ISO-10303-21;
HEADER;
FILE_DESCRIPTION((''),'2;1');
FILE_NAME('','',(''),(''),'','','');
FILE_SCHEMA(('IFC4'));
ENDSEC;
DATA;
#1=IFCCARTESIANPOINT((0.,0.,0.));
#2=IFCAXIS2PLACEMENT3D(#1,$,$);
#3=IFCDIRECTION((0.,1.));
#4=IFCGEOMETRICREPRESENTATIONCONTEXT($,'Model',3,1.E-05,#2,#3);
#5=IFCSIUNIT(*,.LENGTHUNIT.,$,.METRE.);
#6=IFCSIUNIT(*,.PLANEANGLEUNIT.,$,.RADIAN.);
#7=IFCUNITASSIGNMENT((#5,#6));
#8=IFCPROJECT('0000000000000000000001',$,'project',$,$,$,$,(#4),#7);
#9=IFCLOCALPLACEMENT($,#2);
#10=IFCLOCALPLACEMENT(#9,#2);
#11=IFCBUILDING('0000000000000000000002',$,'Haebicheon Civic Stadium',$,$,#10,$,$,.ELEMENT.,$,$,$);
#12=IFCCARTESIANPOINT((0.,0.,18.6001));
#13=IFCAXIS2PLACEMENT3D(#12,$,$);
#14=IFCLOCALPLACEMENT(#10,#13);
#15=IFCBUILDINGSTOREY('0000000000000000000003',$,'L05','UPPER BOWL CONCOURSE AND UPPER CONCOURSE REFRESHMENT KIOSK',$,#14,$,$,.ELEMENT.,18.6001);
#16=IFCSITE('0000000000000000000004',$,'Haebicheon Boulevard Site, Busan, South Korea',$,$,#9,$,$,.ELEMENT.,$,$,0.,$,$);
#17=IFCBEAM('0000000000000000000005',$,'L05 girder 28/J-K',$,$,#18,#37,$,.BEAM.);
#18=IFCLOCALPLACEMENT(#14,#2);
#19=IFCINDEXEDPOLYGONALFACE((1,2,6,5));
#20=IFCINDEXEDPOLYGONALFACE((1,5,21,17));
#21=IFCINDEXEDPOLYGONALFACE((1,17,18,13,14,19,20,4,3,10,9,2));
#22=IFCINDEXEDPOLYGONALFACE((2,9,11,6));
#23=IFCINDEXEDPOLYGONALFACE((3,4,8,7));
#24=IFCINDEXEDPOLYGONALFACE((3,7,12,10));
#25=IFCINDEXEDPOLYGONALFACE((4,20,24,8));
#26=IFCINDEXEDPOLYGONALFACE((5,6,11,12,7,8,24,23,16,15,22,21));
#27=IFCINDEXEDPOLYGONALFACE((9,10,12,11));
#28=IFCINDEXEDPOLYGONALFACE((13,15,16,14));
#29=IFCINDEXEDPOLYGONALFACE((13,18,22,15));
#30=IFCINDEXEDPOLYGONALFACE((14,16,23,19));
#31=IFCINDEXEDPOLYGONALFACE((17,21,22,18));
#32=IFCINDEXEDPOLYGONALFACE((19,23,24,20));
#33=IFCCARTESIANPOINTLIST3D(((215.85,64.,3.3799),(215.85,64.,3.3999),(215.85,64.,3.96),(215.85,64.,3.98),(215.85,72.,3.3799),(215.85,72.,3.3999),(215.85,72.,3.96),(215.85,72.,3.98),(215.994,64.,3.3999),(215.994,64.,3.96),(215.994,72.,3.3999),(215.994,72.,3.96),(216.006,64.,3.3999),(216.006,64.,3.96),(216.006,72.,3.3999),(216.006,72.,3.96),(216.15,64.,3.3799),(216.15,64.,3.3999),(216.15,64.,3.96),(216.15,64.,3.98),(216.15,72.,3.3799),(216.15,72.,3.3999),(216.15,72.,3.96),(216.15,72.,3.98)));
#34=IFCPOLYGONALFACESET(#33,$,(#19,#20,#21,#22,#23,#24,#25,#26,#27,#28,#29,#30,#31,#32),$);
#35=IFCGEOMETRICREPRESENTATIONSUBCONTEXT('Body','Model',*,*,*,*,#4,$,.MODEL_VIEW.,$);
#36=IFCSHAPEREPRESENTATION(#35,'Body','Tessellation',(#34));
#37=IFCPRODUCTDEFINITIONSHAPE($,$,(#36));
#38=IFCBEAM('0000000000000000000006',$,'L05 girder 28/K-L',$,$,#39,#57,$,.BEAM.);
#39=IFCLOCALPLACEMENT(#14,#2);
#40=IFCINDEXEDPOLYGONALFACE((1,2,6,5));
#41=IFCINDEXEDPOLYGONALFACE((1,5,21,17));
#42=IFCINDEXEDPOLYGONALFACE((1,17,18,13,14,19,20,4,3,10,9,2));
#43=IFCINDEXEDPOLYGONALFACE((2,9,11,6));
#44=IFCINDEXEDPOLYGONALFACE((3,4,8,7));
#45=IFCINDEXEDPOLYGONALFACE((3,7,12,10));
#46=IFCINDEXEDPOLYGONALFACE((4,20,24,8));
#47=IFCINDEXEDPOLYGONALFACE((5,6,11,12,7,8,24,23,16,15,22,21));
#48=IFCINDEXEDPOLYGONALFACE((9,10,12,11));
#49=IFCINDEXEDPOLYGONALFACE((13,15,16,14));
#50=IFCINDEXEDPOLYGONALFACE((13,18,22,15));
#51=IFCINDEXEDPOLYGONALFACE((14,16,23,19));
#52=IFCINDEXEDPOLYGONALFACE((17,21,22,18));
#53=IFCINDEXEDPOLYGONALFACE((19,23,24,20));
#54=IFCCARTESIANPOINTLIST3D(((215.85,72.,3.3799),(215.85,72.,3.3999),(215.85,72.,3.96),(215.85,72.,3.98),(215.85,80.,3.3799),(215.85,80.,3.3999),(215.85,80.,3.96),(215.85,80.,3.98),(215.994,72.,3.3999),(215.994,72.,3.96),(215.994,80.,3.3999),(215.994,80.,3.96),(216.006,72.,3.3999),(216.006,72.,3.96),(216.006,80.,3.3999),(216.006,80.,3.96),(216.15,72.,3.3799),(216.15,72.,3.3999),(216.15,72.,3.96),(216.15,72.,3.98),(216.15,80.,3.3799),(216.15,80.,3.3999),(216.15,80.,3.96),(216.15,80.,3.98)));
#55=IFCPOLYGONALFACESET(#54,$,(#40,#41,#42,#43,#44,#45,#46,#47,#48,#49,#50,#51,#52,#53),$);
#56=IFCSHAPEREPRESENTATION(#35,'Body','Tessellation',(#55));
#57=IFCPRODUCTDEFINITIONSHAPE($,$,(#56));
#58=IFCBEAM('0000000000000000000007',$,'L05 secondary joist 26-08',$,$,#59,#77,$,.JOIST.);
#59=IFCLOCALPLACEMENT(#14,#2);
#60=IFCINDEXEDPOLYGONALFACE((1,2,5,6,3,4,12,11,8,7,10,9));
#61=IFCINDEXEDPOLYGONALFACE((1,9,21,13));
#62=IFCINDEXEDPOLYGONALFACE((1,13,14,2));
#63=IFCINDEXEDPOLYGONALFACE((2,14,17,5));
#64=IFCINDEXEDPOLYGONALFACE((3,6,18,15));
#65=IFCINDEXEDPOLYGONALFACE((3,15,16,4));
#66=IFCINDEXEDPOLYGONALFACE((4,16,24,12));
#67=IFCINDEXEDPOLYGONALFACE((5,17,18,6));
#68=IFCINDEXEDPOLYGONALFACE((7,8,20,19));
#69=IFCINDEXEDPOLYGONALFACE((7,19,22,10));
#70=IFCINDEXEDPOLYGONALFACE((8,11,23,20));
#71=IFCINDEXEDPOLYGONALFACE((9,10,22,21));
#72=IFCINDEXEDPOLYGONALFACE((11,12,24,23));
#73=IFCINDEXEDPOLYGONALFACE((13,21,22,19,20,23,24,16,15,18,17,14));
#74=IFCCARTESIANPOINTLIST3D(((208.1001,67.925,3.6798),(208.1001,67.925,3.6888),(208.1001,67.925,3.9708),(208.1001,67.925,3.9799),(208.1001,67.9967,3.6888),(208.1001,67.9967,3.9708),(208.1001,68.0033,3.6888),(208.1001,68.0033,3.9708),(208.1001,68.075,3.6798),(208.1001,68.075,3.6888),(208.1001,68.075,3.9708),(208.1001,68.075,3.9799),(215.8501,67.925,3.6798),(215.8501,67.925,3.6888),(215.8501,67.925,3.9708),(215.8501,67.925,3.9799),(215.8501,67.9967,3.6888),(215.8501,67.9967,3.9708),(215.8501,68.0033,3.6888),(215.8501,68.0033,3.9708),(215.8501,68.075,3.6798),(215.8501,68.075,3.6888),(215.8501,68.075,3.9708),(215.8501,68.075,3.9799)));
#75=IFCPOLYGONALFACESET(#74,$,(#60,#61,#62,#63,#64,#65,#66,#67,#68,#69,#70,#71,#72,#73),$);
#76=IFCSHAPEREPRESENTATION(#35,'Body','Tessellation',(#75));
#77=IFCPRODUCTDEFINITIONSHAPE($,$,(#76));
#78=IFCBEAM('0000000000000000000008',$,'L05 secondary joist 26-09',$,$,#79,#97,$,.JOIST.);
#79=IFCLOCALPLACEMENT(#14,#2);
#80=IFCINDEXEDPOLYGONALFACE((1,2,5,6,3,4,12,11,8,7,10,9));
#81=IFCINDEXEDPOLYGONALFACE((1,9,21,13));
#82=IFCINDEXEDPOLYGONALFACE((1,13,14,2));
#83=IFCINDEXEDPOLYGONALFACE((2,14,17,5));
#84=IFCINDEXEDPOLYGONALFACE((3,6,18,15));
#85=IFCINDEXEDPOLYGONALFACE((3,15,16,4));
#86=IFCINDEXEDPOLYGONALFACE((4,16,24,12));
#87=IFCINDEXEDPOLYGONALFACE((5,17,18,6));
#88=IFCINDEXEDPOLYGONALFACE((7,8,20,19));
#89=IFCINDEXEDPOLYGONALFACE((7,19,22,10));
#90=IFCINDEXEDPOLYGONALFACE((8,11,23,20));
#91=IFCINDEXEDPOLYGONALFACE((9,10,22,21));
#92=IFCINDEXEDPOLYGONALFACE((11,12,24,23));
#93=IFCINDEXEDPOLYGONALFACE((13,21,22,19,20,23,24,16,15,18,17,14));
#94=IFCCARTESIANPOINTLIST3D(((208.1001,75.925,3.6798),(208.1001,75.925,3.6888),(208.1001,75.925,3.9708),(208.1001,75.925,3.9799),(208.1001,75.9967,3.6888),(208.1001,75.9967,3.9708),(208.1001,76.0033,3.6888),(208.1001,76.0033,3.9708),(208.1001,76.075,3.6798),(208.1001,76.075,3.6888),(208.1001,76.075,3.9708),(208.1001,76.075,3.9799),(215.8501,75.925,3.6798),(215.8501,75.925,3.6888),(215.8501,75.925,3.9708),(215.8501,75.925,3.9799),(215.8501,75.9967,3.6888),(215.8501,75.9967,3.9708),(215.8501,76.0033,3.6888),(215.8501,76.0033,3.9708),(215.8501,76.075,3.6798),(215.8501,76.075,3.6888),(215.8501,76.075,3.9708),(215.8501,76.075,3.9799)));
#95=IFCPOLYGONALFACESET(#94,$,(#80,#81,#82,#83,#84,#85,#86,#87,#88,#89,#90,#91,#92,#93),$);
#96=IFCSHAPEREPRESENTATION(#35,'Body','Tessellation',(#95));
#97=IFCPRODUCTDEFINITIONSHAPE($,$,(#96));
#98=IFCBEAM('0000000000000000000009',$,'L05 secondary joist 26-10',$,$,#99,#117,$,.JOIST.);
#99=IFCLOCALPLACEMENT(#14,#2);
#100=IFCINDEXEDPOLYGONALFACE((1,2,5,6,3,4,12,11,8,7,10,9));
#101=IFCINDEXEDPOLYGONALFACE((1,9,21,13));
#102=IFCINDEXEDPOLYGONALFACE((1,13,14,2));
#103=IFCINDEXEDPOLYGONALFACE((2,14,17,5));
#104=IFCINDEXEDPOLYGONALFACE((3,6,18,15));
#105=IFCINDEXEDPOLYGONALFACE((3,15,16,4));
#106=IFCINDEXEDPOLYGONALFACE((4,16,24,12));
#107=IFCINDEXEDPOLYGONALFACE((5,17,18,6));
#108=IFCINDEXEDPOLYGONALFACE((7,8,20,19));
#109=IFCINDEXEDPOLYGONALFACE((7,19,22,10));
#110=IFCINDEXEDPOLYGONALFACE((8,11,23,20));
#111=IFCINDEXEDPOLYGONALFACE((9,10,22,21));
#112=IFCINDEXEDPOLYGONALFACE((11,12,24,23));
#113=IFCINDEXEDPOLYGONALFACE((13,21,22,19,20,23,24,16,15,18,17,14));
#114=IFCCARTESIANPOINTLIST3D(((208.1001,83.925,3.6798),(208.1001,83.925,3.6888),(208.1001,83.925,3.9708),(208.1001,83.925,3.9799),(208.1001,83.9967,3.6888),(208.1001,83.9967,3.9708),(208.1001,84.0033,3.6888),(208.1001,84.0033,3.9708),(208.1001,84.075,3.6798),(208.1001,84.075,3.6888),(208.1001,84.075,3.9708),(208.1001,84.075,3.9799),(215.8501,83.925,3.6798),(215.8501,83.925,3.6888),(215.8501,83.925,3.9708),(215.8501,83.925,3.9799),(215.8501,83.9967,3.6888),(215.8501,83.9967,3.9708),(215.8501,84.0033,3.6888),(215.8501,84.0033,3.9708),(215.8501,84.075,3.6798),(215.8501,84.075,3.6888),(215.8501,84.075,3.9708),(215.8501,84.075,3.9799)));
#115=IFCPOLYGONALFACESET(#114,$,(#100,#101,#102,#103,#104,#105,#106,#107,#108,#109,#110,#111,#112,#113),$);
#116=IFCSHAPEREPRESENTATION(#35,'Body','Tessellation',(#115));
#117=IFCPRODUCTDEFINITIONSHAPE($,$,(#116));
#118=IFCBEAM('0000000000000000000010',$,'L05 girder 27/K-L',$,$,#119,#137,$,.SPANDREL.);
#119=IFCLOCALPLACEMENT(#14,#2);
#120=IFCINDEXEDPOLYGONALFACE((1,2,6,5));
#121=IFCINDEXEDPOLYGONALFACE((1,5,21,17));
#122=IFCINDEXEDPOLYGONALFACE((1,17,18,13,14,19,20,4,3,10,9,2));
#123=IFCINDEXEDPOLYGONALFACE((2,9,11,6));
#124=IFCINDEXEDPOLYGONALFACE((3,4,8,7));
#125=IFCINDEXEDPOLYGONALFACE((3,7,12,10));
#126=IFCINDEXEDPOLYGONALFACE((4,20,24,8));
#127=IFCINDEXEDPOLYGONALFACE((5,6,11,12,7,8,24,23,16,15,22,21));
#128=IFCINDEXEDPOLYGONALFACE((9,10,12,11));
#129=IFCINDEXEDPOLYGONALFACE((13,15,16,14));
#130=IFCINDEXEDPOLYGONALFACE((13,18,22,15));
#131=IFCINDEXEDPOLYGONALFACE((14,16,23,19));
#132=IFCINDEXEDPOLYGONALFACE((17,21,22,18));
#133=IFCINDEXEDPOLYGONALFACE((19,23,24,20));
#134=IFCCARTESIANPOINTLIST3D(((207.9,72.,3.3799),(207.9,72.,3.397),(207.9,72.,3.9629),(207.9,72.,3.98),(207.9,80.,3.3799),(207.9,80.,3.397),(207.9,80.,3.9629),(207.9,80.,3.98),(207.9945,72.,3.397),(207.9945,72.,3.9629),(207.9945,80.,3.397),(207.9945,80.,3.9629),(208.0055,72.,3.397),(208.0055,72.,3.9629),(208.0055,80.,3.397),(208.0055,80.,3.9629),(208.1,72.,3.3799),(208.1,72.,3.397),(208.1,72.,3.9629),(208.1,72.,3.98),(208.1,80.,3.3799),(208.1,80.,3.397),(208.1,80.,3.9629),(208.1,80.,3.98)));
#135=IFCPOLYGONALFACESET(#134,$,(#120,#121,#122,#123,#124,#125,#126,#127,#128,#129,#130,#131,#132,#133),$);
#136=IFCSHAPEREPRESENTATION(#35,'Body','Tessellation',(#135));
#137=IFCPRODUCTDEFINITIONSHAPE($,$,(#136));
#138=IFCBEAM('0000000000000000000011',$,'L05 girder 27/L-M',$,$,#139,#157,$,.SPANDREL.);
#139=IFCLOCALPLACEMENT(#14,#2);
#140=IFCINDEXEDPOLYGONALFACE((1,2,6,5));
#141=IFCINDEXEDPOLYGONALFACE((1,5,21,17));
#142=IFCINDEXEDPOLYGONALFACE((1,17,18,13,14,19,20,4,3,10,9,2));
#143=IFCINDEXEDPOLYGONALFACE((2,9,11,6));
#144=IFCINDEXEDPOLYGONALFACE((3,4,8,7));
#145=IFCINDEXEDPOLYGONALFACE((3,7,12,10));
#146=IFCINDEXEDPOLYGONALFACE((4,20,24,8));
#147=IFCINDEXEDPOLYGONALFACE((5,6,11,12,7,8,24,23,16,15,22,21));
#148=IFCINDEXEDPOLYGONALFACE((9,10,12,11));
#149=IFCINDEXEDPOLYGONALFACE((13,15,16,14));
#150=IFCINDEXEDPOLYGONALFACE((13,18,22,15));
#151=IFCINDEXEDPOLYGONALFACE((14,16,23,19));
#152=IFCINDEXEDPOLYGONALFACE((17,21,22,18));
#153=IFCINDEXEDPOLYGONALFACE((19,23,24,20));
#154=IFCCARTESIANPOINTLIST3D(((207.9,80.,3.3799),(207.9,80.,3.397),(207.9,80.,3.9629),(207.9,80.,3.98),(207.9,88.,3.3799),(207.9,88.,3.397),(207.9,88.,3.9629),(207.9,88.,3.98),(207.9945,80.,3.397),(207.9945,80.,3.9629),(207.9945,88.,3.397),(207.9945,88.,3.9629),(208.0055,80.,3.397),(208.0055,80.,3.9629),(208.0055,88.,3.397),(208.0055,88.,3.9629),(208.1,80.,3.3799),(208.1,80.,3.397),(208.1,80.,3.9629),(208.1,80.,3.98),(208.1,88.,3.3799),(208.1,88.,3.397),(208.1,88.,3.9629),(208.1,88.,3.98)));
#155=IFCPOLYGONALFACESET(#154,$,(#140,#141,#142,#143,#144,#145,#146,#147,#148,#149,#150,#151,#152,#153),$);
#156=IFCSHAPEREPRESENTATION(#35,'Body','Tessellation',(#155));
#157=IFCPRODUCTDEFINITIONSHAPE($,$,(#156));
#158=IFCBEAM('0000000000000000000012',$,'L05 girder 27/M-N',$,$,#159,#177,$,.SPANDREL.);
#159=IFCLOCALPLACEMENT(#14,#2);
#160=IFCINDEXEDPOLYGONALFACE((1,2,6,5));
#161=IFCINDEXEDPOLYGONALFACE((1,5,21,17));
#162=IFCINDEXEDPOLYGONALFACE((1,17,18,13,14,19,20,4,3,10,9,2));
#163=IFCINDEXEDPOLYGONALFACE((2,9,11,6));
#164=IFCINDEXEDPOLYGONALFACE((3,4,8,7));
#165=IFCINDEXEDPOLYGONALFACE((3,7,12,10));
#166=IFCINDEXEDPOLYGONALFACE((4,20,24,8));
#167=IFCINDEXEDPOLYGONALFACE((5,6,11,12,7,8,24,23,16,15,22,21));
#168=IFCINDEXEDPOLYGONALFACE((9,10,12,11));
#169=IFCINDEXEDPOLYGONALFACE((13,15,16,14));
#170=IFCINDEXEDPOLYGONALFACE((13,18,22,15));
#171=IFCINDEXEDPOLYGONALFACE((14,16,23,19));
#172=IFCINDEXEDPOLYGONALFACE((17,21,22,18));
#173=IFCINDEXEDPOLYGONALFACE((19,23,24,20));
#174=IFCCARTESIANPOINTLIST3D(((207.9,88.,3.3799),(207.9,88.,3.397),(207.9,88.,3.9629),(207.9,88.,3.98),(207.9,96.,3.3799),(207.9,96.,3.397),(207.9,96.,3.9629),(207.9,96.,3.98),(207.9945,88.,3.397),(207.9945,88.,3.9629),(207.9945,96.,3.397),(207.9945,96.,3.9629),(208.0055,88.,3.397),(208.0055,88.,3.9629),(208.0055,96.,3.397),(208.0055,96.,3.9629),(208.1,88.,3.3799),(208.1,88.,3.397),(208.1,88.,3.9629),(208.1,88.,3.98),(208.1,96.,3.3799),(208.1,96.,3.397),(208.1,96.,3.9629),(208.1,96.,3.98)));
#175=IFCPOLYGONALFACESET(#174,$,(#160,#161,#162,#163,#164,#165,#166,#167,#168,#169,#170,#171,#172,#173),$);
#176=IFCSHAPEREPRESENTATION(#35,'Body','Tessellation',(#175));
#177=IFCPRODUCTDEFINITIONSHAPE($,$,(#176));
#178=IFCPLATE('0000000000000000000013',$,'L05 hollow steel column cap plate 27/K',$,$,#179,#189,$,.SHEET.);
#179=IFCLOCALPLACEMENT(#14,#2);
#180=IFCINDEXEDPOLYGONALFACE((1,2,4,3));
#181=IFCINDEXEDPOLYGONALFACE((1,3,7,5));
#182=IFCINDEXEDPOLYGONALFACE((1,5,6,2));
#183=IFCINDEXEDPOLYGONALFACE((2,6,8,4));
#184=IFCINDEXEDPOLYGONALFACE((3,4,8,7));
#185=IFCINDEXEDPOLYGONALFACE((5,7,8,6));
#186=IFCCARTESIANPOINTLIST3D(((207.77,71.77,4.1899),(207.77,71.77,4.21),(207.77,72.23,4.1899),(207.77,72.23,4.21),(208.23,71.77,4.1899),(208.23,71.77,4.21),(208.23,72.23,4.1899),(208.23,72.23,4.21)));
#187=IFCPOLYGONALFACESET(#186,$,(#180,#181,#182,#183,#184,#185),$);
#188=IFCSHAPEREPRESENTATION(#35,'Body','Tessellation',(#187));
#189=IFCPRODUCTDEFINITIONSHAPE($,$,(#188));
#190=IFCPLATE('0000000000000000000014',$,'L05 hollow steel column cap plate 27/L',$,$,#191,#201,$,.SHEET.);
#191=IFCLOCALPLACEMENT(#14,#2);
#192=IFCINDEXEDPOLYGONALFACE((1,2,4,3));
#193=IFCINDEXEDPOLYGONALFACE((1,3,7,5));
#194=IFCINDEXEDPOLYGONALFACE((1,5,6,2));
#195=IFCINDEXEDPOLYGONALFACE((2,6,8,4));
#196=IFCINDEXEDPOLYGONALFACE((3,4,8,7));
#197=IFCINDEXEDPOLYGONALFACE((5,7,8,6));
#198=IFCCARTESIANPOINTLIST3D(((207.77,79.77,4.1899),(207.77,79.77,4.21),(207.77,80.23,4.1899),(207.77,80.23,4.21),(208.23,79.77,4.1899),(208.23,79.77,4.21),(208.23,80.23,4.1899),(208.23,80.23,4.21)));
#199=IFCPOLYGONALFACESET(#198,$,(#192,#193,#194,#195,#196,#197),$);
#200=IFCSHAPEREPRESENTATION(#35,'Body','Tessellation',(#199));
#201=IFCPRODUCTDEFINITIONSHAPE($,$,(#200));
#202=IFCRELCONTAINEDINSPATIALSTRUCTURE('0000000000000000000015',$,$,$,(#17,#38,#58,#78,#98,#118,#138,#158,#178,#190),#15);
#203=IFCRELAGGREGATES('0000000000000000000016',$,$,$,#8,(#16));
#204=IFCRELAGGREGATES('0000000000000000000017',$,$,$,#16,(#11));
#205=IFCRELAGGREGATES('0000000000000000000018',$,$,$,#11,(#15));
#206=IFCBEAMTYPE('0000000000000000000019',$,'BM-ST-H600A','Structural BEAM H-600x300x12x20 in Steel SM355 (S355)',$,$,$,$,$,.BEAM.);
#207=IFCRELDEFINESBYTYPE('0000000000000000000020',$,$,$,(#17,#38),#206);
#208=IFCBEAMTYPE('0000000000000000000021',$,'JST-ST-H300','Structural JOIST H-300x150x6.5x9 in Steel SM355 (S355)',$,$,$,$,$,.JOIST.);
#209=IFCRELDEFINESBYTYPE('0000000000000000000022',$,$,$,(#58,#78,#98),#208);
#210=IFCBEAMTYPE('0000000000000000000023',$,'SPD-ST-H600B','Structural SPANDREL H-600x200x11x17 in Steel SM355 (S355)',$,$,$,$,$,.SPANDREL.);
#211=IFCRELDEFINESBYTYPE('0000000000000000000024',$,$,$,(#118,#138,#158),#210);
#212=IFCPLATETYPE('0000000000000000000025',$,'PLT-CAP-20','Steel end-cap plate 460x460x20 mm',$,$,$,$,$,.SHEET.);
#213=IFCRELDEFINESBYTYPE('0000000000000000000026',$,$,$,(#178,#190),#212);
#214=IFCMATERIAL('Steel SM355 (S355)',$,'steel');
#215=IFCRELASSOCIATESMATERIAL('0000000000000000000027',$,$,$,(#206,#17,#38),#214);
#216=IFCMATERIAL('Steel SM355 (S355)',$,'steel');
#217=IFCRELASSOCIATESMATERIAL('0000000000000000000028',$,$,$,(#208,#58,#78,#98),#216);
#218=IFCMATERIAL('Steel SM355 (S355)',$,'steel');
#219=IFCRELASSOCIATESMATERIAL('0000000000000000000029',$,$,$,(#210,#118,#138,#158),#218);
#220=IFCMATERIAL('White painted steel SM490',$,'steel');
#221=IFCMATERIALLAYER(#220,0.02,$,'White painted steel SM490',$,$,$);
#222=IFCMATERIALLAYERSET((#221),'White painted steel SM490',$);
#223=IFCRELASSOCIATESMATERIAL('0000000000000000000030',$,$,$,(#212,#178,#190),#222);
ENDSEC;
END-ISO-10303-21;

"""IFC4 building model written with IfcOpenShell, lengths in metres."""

from ifc_helpers import new_model, si_unit, direction, frame, origin, origin_2d, place, context, subcontext, project, spatial, rectangle, i_section, extrude, material, layer, layer_set, material_profile, profile_set, type_object, element, save


model = new_model("IFC4")

# Units and contexts
model_context = context("Model", 3, precision=1e-05, world=origin(), true_north=direction((0.0, 1.0)))
body_context = subcontext(model_context, "Body", "Model", "MODEL_VIEW")
ifc_project = project(units=[si_unit("LENGTHUNIT", "METRE"), si_unit("PLANEANGLEUNIT", "RADIAN")], contexts=[model_context])

# Site, building, storey
site_placement = place(None, origin())
site = spatial("IfcSite", under=ifc_project, at=site_placement, Name="Haebicheon Boulevard Site, Busan, South Korea", CompositionType="ELEMENT", RefElevation=0.0)
building_placement = place(site_placement, origin())
building = spatial("IfcBuilding", under=site, at=building_placement, Name="Haebicheon Civic Stadium", CompositionType="ELEMENT")
storey_placement = place(building_placement, frame((0.0, 0.0, 18.6001)))
storey = spatial("IfcBuildingStorey", under=building, at=storey_placement, Name="L05", Description="UPPER BOWL CONCOURSE AND UPPER CONCOURSE REFRESHMENT KIOSK", CompositionType="ELEMENT", Elevation=18.6001)

# Beams
ifc_material_1 = material(Name="Steel SM355 (S355)", Category="steel")
ifc_material_profile_1 = material_profile(ifc_material_1, i_section(OverallWidth=0.3, OverallDepth=0.6001, WebThickness=0.012, FlangeThickness=0.02, at=origin_2d()), Name="H-600x300x12x20")
ifc_profile_set_1 = profile_set([ifc_material_profile_1], Name="Steel SM355 (S355)")
beam_type_1 = type_object("IfcBeamType", Name="BM-ST-H600A", Description="Structural BEAM H-600x300x12x20 in Steel SM355 (S355)", PredefinedType="BEAM", material=ifc_profile_set_1)
for number, where, z_axis, x_axis, name in (
    (1, (216.0, 64.0, 3.6799), (0.0, 1.0, 0.0), (-1.0, 0.0, 0.0), "L05 girder 28/J-K"),
    (2, (216.0, 72.0, 3.6799), (0.0, 1.0, 0.0), (-1.0, 0.0, 0.0), "L05 girder 28/K-L"),
):
    element("IfcBeam", number, at=place(storey_placement, frame(where, z_axis=z_axis, x_axis=x_axis)), inside=storey, type_object=beam_type_1, material=ifc_profile_set_1, Name=name, PredefinedType="BEAM", context=body_context, shape_type="SweptSolid", body=[
        extrude(i_section(OverallWidth=0.3, OverallDepth=0.6001, WebThickness=0.012, FlangeThickness=0.02, at=origin_2d()), origin(), (0.0, 0.0, 1.0), 8.0),
    ])
ifc_material_2 = material(Name="Steel SM355 (S355)", Category="steel")
ifc_material_profile_2 = material_profile(ifc_material_2, i_section(OverallWidth=0.1499, OverallDepth=0.3, WebThickness=0.0066, FlangeThickness=0.009, at=origin_2d()), Name="H-300x150x6.5x9")
ifc_profile_set_2 = profile_set([ifc_material_profile_2], Name="Steel SM355 (S355)")
beam_type_2 = type_object("IfcBeamType", Name="JST-ST-H300", Description="Structural JOIST H-300x150x6.5x9 in Steel SM355 (S355)", PredefinedType="JOIST", material=ifc_profile_set_2)
for number, where, z_axis, x_axis, name in (
    (3, (208.1001, 68.0, 3.8298), (1.0, 0.0, 0.0), (0.0, 1.0, 0.0), "L05 secondary joist 26-08"),
    (4, (208.1001, 76.0, 3.8298), (1.0, 0.0, 0.0), (0.0, 1.0, 0.0), "L05 secondary joist 26-09"),
    (5, (208.1001, 84.0, 3.8298), (1.0, 0.0, 0.0), (0.0, 1.0, 0.0), "L05 secondary joist 26-10"),
):
    element("IfcBeam", number, at=place(storey_placement, frame(where, z_axis=z_axis, x_axis=x_axis)), inside=storey, type_object=beam_type_2, material=ifc_profile_set_2, Name=name, PredefinedType="JOIST", context=body_context, shape_type="SweptSolid", body=[
        extrude(i_section(OverallWidth=0.1499, OverallDepth=0.3, WebThickness=0.0066, FlangeThickness=0.009, at=origin_2d()), origin(), (0.0, 0.0, 1.0), 7.75),
    ])
ifc_material_3 = material(Name="Steel SM355 (S355)", Category="steel")
ifc_material_profile_3 = material_profile(ifc_material_3, i_section(OverallWidth=0.2, OverallDepth=0.6001, WebThickness=0.011, FlangeThickness=0.0171, at=origin_2d()), Name="H-600x200x11x17")
ifc_profile_set_3 = profile_set([ifc_material_profile_3], Name="Steel SM355 (S355)")
beam_type_3 = type_object("IfcBeamType", Name="SPD-ST-H600B", Description="Structural SPANDREL H-600x200x11x17 in Steel SM355 (S355)", PredefinedType="SPANDREL", material=ifc_profile_set_3)
for number, where, z_axis, x_axis, name in (
    (6, (208.0, 72.0, 3.6799), (0.0, 1.0, 0.0), (-1.0, 0.0, 0.0), "L05 girder 27/K-L"),
    (7, (208.0, 80.0, 3.6799), (0.0, 1.0, 0.0), (-1.0, 0.0, 0.0), "L05 girder 27/L-M"),
    (8, (208.0, 88.0, 3.6799), (0.0, 1.0, 0.0), (-1.0, 0.0, 0.0), "L05 girder 27/M-N"),
):
    element("IfcBeam", number, at=place(storey_placement, frame(where, z_axis=z_axis, x_axis=x_axis)), inside=storey, type_object=beam_type_3, material=ifc_profile_set_3, Name=name, PredefinedType="SPANDREL", context=body_context, shape_type="SweptSolid", body=[
        extrude(i_section(OverallWidth=0.2, OverallDepth=0.6001, WebThickness=0.011, FlangeThickness=0.0171, at=origin_2d()), origin(), (0.0, 0.0, 1.0), 8.0),
    ])

# Plates
ifc_material_4 = material(Name="White painted steel SM490", Category="steel")
ifc_layer_1 = layer(ifc_material_4, 0.02, Name="White painted steel SM490")
ifc_layer_set_1 = layer_set([ifc_layer_1], Name="White painted steel SM490")
plate_type = type_object("IfcPlateType", Name="PLT-CAP-20", Description="Steel end-cap plate 460x460x20 mm", PredefinedType="SHEET", material=ifc_layer_set_1)
for number, where, z_axis, x_axis, name in (
    (9, (208.0, 72.0, 4.1899), (0.0, 0.0, 1.0), (1.0, 0.0, 0.0), "L05 hollow steel column cap plate 27/K"),
    (10, (208.0, 80.0, 4.1899), (0.0, 0.0, 1.0), (1.0, 0.0, 0.0), "L05 hollow steel column cap plate 27/L"),
):
    element("IfcPlate", number, at=place(storey_placement, frame(where, z_axis=z_axis, x_axis=x_axis)), inside=storey, type_object=plate_type, material=ifc_layer_set_1, Name=name, PredefinedType="SHEET", context=body_context, shape_type="SweptSolid", body=[
        extrude(rectangle(XDim=0.46, YDim=0.46, at=origin_2d()), origin(), (0.0, 0.0, 1.0), 0.02),
    ])

save(model, "model.ifc")
